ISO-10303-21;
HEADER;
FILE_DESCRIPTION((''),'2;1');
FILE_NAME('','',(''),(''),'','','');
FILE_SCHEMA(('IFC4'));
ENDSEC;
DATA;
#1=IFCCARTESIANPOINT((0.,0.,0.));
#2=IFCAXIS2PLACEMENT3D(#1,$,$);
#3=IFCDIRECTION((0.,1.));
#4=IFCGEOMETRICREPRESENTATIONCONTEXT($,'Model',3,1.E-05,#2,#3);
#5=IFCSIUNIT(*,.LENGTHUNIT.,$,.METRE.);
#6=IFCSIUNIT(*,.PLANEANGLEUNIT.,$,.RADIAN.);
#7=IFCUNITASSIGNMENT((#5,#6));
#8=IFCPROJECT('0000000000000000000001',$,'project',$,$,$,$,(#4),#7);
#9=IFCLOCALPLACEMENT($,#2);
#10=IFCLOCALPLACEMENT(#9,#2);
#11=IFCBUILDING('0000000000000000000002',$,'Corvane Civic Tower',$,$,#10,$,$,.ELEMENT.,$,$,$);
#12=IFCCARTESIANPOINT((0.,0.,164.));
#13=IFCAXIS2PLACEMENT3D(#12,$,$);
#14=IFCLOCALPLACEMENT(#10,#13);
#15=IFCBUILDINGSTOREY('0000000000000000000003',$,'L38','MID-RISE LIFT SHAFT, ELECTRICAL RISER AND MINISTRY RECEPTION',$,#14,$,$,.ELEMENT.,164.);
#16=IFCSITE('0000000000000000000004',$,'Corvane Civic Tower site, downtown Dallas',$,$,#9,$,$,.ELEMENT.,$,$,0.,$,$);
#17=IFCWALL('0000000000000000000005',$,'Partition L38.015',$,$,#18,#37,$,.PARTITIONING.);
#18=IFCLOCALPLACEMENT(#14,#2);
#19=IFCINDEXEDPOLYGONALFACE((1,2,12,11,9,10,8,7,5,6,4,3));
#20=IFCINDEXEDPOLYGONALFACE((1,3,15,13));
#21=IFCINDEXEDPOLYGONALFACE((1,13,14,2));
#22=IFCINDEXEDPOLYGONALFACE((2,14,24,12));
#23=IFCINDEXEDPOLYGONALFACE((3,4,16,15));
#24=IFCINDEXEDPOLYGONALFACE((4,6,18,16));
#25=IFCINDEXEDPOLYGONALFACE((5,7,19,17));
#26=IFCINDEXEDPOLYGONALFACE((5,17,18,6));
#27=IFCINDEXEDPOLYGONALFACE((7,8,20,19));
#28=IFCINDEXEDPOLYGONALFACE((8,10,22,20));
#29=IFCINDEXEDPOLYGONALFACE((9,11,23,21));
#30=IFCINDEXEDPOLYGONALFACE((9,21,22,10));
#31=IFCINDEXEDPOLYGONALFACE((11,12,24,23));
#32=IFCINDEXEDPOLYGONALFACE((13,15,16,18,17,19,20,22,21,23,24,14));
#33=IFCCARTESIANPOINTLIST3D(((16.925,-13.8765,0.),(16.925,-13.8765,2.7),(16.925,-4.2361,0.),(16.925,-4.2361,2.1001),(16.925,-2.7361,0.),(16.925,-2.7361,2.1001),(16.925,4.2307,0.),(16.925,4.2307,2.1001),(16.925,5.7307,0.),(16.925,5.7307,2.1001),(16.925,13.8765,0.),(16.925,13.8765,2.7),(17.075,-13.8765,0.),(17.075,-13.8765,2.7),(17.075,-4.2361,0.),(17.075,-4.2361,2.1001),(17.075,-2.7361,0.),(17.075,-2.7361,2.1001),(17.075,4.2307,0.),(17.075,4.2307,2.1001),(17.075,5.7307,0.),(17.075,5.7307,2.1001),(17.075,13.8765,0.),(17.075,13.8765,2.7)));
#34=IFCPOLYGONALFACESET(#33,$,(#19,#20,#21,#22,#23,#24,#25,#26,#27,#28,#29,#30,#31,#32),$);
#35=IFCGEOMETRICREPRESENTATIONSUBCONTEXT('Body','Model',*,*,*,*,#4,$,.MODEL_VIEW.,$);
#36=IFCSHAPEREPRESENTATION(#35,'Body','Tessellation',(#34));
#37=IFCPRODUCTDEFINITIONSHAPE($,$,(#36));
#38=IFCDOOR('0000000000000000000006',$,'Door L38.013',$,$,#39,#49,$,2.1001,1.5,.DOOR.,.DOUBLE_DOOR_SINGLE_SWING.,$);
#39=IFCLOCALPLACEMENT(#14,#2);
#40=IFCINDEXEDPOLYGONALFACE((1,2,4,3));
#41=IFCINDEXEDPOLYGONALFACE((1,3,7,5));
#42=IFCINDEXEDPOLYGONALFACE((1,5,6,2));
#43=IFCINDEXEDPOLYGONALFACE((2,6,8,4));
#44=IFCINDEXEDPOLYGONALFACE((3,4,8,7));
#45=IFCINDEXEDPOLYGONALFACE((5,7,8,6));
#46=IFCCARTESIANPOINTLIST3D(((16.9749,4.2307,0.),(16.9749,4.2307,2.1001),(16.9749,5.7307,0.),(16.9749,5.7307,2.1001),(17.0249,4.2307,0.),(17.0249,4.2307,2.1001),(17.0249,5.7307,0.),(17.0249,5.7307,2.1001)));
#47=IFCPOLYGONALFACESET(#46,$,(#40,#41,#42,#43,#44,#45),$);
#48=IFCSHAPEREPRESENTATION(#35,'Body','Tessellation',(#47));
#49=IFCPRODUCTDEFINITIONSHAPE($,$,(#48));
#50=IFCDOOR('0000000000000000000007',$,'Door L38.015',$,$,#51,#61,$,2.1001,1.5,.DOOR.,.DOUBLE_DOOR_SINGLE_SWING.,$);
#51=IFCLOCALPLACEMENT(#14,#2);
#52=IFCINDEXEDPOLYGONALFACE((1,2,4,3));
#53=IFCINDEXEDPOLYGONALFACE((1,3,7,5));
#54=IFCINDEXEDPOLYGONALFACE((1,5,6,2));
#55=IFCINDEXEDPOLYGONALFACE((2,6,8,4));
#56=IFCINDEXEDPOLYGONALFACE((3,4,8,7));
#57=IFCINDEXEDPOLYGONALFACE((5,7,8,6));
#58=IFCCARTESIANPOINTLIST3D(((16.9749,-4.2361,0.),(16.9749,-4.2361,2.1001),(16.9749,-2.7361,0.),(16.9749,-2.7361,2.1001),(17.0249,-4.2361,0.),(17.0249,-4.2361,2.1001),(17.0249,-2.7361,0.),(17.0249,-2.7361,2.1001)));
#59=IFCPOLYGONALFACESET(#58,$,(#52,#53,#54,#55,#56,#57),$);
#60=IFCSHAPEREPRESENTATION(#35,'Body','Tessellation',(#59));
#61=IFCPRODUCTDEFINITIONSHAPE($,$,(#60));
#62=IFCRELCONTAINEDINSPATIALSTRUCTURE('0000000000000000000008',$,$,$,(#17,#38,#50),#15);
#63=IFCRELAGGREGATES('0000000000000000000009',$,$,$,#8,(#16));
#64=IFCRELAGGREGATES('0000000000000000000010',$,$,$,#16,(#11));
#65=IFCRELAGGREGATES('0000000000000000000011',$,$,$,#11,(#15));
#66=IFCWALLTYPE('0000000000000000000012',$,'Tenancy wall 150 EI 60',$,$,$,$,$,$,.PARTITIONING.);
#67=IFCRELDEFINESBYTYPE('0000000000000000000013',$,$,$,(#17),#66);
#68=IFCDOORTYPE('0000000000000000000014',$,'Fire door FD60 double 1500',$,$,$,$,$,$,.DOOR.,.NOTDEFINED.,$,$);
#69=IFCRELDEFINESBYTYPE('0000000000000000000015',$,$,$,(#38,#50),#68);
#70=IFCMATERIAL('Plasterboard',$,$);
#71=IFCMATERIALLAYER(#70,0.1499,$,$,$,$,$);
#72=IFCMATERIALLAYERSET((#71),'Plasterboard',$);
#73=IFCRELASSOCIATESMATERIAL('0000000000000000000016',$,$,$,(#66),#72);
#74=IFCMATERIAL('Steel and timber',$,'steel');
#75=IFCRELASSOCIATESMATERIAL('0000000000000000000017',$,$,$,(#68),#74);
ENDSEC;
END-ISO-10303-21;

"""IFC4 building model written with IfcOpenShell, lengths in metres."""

from ifc_helpers import new_model, si_unit, direction, frame, frame_2d, origin, place, context, subcontext, project, spatial, rectangle, extrude, material, layer, layer_set, type_object, element, fill, save


model = new_model("IFC4")

# Units and contexts
model_context = context("Model", 3, precision=1e-05, world=origin(), true_north=direction((0.0, 1.0)))
body_context = subcontext(model_context, "Body", "Model", "MODEL_VIEW")
ifc_project = project(units=[si_unit("LENGTHUNIT", "METRE"), si_unit("PLANEANGLEUNIT", "RADIAN")], contexts=[model_context])

# Site, building, storey
site_placement = place(None, origin())
site = spatial("IfcSite", under=ifc_project, at=site_placement, Name="Corvane Civic Tower site, downtown Dallas", CompositionType="ELEMENT", RefElevation=0.0)
building_placement = place(site_placement, origin())
building = spatial("IfcBuilding", under=site, at=building_placement, Name="Corvane Civic Tower", CompositionType="ELEMENT")
storey_placement = place(building_placement, frame((0.0, 0.0, 164.0)))
storey = spatial("IfcBuildingStorey", under=building, at=storey_placement, Name="L38", Description="MID-RISE LIFT SHAFT, ELECTRICAL RISER AND MINISTRY RECEPTION", CompositionType="ELEMENT", Elevation=164.0)

# Wall, openings, doors
ifc_material_1 = material(Name="Plasterboard")
ifc_layer_1 = layer(ifc_material_1, 0.1499)
ifc_layer_set_1 = layer_set([ifc_layer_1], Name="Plasterboard")
wall_type_1 = type_object("IfcWallType", Name="Tenancy wall 150 EI 60", PredefinedType="PARTITIONING", material=ifc_layer_set_1)
wall_1_placement = place(storey_placement, frame((17.0, -13.8765, 0.0), z_axis=(0.0, 0.0, 1.0), x_axis=(0.0, 1.0, 0.0)))
wall_1 = element("IfcWall", 1, at=wall_1_placement, inside=storey, type_object=wall_type_1, Name="Partition L38.015", PredefinedType="PARTITIONING", context=body_context, shape_type="SweptSolid", body=[
    extrude(rectangle(XDim=27.7529, YDim=0.1499, at=frame_2d((13.8765, 0.0))), origin(), (0.0, 0.0, 1.0), 2.7),
])
opening_1_placement = place(wall_1_placement, frame((18.1072, 0.0, 0.0)))
opening_1 = element("IfcOpeningElement", 2, at=opening_1_placement, cuts=wall_1, PredefinedType="OPENING", context=body_context, shape_type="SweptSolid", body=[
    extrude(rectangle(XDim=1.5, YDim=2.1001, at=frame_2d((0.75, 1.05))), frame((0.0, 0.085, 0.0), z_axis=(0.0, -1.0, 0.0), x_axis=(1.0, 0.0, 0.0)), (0.0, 0.0, 1.0), 0.1699),
])
opening_2_placement = place(wall_1_placement, frame((9.6404, 0.0, 0.0)))
opening_2 = element("IfcOpeningElement", 3, at=opening_2_placement, cuts=wall_1, PredefinedType="OPENING", context=body_context, shape_type="SweptSolid", body=[
    extrude(rectangle(XDim=1.5, YDim=2.1001, at=frame_2d((0.75, 1.05))), frame((0.0, 0.085, 0.0), z_axis=(0.0, -1.0, 0.0), x_axis=(1.0, 0.0, 0.0)), (0.0, 0.0, 1.0), 0.1699),
])
ifc_material_2 = material(Name="Steel and timber", Category="steel")
door_type_1 = type_object("IfcDoorType", Name="Fire door FD60 double 1500", OperationType="NOTDEFINED", PredefinedType="DOOR", material=ifc_material_2)
door_1_placement = place(opening_1_placement, frame((1.5, 0.0, 0.0), z_axis=(0.0, 0.0, 1.0), x_axis=(-1.0, 0.0, 0.0)))
door_1 = element("IfcDoor", 4, at=door_1_placement, inside=storey, type_object=door_type_1, Name="Door L38.013", OperationType="DOUBLE_DOOR_SINGLE_SWING", OverallHeight=2.1001, OverallWidth=1.5, PredefinedType="DOOR", context=body_context, shape_type="SweptSolid", body=[
    extrude(rectangle(XDim=1.5, YDim=2.1001, at=frame_2d((0.75, 1.05))), frame((0.0, 0.0249, 0.0), z_axis=(0.0, -1.0, 0.0), x_axis=(1.0, 0.0, 0.0)), (0.0, 0.0, 1.0), 0.05),
])
fill(opening_1, door_1)
door_2_placement = place(opening_2_placement, frame((1.5, 0.0, 0.0), z_axis=(0.0, 0.0, 1.0), x_axis=(-1.0, 0.0, 0.0)))
door_2 = element("IfcDoor", 5, at=door_2_placement, inside=storey, type_object=door_type_1, Name="Door L38.015", OperationType="DOUBLE_DOOR_SINGLE_SWING", OverallHeight=2.1001, OverallWidth=1.5, PredefinedType="DOOR", context=body_context, shape_type="SweptSolid", body=[
    extrude(rectangle(XDim=1.5, YDim=2.1001, at=frame_2d((0.75, 1.05))), frame((0.0, 0.0249, 0.0), z_axis=(0.0, -1.0, 0.0), x_axis=(1.0, 0.0, 0.0)), (0.0, 0.0, 1.0), 0.05),
])
fill(opening_2, door_2)

save(model, "model.ifc")
